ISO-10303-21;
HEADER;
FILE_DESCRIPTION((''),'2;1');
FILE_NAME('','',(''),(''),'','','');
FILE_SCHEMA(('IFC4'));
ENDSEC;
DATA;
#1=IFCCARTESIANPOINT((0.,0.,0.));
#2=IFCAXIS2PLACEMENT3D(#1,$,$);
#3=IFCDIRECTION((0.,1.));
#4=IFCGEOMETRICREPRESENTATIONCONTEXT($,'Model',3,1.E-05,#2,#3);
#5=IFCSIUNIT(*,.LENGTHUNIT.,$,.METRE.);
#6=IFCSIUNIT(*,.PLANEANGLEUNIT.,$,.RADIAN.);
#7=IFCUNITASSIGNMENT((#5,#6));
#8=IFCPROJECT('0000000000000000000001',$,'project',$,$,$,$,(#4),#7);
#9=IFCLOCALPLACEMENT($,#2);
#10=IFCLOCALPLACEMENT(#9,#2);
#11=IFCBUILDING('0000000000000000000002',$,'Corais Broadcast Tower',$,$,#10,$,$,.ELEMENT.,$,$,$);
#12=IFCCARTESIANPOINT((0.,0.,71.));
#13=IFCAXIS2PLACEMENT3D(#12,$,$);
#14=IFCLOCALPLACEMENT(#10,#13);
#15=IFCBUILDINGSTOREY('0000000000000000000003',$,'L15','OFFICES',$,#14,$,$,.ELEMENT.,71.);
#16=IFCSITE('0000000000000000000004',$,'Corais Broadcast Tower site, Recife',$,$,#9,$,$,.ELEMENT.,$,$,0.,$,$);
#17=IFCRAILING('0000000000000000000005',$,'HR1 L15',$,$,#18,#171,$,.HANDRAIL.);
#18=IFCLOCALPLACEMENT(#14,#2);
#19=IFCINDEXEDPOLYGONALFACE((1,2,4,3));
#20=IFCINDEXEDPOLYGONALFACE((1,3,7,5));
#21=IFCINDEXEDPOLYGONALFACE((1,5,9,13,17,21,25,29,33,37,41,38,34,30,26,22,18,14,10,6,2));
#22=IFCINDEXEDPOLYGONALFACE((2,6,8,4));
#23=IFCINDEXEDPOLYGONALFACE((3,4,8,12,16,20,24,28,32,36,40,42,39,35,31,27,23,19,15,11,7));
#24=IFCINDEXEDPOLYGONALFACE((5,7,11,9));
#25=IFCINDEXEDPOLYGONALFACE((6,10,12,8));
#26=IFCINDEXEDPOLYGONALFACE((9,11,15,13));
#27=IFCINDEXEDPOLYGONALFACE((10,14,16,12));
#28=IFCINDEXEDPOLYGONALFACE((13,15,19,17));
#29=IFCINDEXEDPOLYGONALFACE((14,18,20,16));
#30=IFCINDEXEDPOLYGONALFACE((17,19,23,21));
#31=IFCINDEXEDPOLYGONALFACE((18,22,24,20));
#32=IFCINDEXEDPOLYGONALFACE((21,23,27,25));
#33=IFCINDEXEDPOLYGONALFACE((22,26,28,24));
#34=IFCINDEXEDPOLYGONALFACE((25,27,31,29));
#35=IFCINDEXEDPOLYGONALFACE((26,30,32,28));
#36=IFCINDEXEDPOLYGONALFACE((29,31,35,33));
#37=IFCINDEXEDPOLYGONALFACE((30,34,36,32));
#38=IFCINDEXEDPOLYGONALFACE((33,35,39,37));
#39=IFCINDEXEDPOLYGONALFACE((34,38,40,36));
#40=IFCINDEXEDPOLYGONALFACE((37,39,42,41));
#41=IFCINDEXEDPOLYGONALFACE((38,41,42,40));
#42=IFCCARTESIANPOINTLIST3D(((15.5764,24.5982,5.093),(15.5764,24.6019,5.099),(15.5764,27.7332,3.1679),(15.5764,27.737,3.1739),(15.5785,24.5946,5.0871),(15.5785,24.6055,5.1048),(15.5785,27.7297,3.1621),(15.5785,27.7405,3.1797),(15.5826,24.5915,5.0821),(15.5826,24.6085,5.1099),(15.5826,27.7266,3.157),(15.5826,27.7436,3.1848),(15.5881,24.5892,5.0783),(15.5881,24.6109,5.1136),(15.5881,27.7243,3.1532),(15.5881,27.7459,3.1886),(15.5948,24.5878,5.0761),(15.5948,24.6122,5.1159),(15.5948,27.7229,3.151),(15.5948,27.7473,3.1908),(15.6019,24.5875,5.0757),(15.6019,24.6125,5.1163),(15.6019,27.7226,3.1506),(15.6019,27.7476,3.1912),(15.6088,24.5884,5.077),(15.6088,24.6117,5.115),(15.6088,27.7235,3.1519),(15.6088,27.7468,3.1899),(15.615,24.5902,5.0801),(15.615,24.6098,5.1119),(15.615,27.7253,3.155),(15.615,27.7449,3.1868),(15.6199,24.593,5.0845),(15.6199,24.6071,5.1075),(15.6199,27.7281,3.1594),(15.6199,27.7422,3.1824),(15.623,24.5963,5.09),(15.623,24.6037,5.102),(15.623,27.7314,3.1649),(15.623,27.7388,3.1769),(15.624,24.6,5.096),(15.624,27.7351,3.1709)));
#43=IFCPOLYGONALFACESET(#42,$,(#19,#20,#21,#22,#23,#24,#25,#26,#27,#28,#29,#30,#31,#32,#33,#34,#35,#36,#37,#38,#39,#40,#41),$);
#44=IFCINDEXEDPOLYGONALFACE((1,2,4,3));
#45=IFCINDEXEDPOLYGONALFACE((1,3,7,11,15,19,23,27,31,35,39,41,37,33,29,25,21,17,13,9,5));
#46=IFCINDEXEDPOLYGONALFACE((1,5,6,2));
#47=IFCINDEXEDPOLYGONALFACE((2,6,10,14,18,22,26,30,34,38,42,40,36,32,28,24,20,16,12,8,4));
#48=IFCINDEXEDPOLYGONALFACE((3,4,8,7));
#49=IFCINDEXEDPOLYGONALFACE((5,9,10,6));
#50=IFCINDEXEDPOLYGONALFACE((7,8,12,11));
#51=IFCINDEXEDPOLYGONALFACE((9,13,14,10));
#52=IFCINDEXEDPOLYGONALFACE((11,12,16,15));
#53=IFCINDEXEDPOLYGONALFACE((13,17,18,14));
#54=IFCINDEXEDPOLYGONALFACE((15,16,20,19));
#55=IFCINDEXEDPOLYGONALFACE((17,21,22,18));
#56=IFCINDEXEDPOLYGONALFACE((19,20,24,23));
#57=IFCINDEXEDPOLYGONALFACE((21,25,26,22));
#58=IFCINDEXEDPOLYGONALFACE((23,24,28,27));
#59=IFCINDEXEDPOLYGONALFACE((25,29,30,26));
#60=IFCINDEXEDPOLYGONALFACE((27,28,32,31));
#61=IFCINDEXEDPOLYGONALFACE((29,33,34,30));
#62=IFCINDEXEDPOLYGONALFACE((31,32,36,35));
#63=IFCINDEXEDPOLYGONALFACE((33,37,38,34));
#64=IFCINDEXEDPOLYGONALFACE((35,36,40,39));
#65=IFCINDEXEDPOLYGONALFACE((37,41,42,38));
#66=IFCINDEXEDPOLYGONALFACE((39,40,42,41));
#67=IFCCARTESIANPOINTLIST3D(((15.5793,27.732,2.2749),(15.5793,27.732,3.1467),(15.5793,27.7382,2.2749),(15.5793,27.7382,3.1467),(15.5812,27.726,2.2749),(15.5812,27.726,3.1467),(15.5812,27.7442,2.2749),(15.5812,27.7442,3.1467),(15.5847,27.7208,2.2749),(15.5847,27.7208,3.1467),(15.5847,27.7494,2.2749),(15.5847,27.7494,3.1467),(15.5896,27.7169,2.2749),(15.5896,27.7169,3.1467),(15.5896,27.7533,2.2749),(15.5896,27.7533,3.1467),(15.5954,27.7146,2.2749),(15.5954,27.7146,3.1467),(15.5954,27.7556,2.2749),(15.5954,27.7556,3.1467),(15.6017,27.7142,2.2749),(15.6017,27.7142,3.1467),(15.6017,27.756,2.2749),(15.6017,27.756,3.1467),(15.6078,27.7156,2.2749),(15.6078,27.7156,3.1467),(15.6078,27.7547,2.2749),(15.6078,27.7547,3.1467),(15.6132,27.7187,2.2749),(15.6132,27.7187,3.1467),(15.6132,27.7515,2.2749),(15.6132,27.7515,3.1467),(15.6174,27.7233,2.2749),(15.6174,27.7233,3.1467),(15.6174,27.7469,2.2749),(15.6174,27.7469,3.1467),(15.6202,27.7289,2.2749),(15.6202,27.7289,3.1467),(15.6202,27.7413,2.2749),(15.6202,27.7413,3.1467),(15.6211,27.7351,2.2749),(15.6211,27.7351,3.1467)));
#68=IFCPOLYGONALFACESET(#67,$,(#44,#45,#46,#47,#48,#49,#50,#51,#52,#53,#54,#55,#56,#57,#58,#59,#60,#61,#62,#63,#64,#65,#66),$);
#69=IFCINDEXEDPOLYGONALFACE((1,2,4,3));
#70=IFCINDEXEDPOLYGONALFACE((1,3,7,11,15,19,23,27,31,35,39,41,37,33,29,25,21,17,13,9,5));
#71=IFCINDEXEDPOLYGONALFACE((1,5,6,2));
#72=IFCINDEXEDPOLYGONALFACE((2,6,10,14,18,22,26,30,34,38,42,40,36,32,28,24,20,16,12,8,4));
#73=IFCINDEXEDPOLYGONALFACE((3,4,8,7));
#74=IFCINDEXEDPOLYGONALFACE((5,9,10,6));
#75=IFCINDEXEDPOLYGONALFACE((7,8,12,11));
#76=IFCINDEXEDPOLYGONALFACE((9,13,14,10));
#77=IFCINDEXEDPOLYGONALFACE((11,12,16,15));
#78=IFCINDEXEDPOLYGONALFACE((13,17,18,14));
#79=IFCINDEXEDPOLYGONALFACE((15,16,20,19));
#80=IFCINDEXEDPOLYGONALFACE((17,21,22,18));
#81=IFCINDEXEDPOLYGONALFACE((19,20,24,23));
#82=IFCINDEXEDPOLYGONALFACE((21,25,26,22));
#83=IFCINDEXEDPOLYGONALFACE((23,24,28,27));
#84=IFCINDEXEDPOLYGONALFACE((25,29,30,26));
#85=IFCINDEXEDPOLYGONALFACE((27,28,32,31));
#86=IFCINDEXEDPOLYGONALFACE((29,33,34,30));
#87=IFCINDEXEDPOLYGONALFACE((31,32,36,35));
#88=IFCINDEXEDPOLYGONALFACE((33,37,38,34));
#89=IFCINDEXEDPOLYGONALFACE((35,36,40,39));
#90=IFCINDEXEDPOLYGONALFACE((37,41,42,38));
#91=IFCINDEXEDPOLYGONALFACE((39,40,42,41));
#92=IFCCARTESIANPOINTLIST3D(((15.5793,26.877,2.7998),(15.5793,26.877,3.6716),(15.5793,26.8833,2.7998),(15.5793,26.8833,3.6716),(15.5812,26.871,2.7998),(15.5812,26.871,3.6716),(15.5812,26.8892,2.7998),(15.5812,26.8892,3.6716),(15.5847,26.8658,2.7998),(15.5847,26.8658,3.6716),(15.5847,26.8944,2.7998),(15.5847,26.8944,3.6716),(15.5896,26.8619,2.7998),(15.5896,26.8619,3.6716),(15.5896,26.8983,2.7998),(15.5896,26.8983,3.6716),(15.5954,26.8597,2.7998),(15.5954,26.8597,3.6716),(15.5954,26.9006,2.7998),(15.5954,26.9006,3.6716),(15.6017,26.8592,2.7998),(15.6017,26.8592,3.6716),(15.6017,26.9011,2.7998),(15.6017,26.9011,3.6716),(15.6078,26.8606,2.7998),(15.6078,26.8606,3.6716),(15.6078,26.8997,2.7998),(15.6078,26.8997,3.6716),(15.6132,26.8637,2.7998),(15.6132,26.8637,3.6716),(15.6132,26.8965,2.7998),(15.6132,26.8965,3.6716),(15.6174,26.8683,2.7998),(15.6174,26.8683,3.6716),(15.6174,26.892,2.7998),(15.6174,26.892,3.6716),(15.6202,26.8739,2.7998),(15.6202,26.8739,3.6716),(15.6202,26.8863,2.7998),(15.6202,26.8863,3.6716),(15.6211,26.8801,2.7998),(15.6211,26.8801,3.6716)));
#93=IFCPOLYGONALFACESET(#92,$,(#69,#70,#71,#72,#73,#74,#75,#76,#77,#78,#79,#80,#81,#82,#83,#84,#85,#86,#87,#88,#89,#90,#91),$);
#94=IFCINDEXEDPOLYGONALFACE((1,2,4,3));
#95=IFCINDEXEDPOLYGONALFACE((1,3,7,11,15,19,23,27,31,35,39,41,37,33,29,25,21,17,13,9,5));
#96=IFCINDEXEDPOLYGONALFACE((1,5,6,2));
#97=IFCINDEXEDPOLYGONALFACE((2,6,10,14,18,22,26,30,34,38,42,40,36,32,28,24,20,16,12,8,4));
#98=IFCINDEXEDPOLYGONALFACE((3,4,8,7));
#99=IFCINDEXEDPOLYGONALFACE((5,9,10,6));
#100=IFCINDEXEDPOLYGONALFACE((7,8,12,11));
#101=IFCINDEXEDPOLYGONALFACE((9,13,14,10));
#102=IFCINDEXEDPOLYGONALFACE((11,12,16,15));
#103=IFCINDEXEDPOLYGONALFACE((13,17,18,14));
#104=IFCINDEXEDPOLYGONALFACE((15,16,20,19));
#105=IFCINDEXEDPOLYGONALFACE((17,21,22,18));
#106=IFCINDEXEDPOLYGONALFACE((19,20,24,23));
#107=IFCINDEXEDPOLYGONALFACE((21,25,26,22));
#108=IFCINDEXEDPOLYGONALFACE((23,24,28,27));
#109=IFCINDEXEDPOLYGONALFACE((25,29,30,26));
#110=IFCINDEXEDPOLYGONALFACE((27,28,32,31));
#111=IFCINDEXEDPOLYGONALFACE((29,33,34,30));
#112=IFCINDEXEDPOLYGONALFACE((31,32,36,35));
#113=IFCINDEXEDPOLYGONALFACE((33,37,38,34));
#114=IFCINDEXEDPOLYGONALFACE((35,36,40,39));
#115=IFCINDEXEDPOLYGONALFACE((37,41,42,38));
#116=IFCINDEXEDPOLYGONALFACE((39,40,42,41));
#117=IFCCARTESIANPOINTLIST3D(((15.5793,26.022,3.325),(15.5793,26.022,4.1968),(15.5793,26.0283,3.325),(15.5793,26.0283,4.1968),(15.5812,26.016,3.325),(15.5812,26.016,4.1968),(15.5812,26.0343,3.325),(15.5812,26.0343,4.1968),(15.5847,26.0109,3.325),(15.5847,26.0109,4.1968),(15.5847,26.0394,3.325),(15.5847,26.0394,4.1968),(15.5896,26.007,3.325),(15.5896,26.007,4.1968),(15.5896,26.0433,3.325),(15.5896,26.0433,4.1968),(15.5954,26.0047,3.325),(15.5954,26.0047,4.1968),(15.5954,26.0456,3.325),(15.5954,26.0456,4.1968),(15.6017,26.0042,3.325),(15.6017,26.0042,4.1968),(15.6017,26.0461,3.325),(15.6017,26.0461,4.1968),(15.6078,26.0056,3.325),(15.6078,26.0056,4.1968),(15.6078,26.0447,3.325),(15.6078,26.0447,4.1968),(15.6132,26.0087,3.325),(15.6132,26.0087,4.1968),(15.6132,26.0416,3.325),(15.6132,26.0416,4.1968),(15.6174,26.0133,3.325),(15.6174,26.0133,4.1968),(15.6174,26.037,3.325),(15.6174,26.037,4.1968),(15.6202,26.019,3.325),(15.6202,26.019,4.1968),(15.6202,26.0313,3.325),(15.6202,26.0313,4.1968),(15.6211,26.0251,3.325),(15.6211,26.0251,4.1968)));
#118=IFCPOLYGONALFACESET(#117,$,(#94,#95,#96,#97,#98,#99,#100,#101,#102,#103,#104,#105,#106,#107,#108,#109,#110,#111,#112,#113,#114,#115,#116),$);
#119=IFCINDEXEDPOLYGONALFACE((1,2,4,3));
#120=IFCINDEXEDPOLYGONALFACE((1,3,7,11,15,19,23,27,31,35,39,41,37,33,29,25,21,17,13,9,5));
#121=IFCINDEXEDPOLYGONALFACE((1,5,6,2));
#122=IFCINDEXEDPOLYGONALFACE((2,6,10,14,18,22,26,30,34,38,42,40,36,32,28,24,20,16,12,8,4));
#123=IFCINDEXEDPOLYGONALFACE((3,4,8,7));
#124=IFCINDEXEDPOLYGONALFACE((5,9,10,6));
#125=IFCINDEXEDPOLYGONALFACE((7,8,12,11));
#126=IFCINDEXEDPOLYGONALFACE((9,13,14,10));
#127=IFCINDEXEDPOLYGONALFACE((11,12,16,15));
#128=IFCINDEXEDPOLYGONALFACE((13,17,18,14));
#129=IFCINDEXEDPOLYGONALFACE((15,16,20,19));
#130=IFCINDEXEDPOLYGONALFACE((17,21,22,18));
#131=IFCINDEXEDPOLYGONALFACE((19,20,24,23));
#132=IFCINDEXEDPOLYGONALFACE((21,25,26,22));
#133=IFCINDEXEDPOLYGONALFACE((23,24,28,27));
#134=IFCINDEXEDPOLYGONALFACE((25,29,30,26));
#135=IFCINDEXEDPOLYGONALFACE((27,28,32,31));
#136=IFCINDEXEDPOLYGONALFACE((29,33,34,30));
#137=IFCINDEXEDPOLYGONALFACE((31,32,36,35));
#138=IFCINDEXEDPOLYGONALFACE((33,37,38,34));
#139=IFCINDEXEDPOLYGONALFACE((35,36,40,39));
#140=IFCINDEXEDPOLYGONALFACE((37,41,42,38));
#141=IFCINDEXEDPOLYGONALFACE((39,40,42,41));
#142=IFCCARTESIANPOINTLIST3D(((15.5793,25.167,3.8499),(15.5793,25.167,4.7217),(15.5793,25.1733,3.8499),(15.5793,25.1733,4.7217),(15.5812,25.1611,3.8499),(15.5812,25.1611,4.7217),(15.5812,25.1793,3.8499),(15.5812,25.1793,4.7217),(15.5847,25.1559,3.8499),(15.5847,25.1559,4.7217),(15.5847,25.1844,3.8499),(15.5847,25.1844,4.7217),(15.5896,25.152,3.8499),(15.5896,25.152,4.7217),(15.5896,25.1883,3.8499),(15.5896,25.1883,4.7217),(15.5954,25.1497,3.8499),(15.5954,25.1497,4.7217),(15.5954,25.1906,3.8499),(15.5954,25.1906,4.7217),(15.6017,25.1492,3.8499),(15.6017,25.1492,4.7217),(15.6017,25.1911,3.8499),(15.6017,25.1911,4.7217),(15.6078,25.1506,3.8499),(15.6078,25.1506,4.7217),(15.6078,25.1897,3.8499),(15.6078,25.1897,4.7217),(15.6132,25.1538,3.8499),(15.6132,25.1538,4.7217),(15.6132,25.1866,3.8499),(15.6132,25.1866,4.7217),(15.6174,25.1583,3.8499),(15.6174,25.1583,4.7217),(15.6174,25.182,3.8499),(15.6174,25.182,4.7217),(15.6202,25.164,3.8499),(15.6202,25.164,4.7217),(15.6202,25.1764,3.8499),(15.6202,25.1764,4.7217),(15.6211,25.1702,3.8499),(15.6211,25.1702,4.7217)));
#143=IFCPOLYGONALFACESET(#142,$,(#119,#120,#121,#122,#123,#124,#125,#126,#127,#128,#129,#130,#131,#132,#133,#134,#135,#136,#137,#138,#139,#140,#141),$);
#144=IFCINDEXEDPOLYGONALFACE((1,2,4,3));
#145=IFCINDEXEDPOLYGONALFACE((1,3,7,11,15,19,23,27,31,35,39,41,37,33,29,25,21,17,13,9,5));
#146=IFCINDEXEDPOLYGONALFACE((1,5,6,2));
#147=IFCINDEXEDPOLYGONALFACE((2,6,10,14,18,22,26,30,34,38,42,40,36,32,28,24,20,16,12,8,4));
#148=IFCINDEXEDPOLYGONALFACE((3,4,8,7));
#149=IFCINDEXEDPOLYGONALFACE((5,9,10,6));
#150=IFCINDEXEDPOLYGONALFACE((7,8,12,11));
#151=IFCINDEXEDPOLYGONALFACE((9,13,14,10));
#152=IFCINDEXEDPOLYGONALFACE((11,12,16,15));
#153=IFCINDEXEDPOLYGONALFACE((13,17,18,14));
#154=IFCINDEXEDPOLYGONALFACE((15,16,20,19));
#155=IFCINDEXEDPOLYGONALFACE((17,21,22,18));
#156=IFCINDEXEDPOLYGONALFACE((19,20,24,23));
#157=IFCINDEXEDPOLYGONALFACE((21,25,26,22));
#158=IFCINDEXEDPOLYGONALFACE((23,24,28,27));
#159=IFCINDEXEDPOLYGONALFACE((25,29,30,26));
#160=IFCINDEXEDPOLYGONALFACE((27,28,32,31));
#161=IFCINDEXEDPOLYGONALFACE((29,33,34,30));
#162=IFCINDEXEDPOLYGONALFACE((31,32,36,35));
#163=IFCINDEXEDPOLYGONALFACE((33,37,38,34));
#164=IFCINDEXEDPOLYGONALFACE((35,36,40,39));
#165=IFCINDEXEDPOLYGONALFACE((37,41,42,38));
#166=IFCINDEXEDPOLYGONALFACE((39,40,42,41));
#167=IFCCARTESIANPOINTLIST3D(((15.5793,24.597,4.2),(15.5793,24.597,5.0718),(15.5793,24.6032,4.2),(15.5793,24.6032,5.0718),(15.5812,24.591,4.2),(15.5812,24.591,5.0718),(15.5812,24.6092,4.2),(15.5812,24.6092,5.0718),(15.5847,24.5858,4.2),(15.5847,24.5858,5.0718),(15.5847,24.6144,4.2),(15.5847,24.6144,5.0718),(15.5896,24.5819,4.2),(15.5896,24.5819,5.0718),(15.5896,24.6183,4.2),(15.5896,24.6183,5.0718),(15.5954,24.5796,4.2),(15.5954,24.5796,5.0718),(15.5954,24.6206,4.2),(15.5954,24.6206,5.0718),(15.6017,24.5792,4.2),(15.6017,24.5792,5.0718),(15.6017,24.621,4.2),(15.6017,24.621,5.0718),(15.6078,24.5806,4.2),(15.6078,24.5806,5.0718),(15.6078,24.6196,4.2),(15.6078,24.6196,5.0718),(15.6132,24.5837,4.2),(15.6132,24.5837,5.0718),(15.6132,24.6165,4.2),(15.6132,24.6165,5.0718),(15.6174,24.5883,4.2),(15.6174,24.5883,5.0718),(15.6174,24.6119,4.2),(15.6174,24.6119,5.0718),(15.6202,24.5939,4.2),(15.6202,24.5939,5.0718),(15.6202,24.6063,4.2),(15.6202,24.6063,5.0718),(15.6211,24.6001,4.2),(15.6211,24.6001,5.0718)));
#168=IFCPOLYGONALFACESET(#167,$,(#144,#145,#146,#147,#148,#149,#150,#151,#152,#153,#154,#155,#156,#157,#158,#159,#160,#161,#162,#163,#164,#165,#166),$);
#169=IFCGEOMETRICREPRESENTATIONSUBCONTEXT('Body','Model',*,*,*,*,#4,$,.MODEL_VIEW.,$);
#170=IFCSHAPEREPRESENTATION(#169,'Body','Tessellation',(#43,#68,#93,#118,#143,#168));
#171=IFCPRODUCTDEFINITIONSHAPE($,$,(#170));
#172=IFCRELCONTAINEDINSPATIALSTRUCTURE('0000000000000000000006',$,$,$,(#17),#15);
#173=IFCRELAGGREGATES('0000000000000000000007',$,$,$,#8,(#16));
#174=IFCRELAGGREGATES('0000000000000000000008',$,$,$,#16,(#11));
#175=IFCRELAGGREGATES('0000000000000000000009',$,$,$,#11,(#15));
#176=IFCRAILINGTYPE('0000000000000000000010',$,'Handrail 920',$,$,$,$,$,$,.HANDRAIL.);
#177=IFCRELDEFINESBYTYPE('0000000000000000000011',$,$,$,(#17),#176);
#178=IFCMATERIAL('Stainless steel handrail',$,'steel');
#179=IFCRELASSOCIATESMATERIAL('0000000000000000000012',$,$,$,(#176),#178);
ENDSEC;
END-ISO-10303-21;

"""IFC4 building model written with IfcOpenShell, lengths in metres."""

from ifc_helpers import new_model, si_unit, direction, frame, origin, origin_2d, place, context, subcontext, project, spatial, circle, extrude, material, type_object, element, save


model = new_model("IFC4")

# Units and contexts
model_context = context("Model", 3, precision=1e-05, world=origin(), true_north=direction((0.0, 1.0)))
body_context = subcontext(model_context, "Body", "Model", "MODEL_VIEW")
ifc_project = project(units=[si_unit("LENGTHUNIT", "METRE"), si_unit("PLANEANGLEUNIT", "RADIAN")], contexts=[model_context])

# Site, building, storey
site_placement = place(None, origin())
site = spatial("IfcSite", under=ifc_project, at=site_placement, Name="Corais Broadcast Tower site, Recife", CompositionType="ELEMENT", RefElevation=0.0)
building_placement = place(site_placement, origin())
building = spatial("IfcBuilding", under=site, at=building_placement, Name="Corais Broadcast Tower", CompositionType="ELEMENT")
storey_placement = place(building_placement, frame((0.0, 0.0, 71.0)))
storey = spatial("IfcBuildingStorey", under=building, at=storey_placement, Name="L15", Description="OFFICES", CompositionType="ELEMENT", Elevation=71.0)

# Railing
ifc_material_1 = material(Name="Stainless steel handrail", Category="steel")
railing_type = type_object("IfcRailingType", Name="Handrail 920", PredefinedType="HANDRAIL", material=ifc_material_1)
for number, where, name in (
    (1, (15.6001, 27.7351, 2.2749), "HR1 L15"),
):
    element("IfcRailing", number, at=place(storey_placement, frame(where)), inside=storey, type_object=railing_type, Name=name, PredefinedType="HANDRAIL", context=body_context, shape_type="SweptSolid", body=[
        extrude(circle(Radius=0.0239, at=origin_2d()), frame((0.0, 0.0, 0.896), z_axis=(0.0, -0.852166, 0.523271), x_axis=(1.0, 0.0, 0.0)), (0.0, 0.0, 1.0), 3.679),
        extrude(circle(Radius=0.021, at=origin_2d()), origin(), (0.0, 0.0, 1.0), 0.8718),
        extrude(circle(Radius=0.021, at=origin_2d()), frame((0.0, -0.855, 0.5249)), (0.0, 0.0, 1.0), 0.8718),
        extrude(circle(Radius=0.021, at=origin_2d()), frame((0.0, -1.71, 1.05)), (0.0, 0.0, 1.0), 0.8718),
        extrude(circle(Radius=0.021, at=origin_2d()), frame((0.0, -2.5649, 1.575)), (0.0, 0.0, 1.0), 0.8718),
        extrude(circle(Radius=0.021, at=origin_2d()), frame((0.0, -3.135, 1.925)), (0.0, 0.0, 1.0), 0.8718),
    ])

save(model, "model.ifc")
